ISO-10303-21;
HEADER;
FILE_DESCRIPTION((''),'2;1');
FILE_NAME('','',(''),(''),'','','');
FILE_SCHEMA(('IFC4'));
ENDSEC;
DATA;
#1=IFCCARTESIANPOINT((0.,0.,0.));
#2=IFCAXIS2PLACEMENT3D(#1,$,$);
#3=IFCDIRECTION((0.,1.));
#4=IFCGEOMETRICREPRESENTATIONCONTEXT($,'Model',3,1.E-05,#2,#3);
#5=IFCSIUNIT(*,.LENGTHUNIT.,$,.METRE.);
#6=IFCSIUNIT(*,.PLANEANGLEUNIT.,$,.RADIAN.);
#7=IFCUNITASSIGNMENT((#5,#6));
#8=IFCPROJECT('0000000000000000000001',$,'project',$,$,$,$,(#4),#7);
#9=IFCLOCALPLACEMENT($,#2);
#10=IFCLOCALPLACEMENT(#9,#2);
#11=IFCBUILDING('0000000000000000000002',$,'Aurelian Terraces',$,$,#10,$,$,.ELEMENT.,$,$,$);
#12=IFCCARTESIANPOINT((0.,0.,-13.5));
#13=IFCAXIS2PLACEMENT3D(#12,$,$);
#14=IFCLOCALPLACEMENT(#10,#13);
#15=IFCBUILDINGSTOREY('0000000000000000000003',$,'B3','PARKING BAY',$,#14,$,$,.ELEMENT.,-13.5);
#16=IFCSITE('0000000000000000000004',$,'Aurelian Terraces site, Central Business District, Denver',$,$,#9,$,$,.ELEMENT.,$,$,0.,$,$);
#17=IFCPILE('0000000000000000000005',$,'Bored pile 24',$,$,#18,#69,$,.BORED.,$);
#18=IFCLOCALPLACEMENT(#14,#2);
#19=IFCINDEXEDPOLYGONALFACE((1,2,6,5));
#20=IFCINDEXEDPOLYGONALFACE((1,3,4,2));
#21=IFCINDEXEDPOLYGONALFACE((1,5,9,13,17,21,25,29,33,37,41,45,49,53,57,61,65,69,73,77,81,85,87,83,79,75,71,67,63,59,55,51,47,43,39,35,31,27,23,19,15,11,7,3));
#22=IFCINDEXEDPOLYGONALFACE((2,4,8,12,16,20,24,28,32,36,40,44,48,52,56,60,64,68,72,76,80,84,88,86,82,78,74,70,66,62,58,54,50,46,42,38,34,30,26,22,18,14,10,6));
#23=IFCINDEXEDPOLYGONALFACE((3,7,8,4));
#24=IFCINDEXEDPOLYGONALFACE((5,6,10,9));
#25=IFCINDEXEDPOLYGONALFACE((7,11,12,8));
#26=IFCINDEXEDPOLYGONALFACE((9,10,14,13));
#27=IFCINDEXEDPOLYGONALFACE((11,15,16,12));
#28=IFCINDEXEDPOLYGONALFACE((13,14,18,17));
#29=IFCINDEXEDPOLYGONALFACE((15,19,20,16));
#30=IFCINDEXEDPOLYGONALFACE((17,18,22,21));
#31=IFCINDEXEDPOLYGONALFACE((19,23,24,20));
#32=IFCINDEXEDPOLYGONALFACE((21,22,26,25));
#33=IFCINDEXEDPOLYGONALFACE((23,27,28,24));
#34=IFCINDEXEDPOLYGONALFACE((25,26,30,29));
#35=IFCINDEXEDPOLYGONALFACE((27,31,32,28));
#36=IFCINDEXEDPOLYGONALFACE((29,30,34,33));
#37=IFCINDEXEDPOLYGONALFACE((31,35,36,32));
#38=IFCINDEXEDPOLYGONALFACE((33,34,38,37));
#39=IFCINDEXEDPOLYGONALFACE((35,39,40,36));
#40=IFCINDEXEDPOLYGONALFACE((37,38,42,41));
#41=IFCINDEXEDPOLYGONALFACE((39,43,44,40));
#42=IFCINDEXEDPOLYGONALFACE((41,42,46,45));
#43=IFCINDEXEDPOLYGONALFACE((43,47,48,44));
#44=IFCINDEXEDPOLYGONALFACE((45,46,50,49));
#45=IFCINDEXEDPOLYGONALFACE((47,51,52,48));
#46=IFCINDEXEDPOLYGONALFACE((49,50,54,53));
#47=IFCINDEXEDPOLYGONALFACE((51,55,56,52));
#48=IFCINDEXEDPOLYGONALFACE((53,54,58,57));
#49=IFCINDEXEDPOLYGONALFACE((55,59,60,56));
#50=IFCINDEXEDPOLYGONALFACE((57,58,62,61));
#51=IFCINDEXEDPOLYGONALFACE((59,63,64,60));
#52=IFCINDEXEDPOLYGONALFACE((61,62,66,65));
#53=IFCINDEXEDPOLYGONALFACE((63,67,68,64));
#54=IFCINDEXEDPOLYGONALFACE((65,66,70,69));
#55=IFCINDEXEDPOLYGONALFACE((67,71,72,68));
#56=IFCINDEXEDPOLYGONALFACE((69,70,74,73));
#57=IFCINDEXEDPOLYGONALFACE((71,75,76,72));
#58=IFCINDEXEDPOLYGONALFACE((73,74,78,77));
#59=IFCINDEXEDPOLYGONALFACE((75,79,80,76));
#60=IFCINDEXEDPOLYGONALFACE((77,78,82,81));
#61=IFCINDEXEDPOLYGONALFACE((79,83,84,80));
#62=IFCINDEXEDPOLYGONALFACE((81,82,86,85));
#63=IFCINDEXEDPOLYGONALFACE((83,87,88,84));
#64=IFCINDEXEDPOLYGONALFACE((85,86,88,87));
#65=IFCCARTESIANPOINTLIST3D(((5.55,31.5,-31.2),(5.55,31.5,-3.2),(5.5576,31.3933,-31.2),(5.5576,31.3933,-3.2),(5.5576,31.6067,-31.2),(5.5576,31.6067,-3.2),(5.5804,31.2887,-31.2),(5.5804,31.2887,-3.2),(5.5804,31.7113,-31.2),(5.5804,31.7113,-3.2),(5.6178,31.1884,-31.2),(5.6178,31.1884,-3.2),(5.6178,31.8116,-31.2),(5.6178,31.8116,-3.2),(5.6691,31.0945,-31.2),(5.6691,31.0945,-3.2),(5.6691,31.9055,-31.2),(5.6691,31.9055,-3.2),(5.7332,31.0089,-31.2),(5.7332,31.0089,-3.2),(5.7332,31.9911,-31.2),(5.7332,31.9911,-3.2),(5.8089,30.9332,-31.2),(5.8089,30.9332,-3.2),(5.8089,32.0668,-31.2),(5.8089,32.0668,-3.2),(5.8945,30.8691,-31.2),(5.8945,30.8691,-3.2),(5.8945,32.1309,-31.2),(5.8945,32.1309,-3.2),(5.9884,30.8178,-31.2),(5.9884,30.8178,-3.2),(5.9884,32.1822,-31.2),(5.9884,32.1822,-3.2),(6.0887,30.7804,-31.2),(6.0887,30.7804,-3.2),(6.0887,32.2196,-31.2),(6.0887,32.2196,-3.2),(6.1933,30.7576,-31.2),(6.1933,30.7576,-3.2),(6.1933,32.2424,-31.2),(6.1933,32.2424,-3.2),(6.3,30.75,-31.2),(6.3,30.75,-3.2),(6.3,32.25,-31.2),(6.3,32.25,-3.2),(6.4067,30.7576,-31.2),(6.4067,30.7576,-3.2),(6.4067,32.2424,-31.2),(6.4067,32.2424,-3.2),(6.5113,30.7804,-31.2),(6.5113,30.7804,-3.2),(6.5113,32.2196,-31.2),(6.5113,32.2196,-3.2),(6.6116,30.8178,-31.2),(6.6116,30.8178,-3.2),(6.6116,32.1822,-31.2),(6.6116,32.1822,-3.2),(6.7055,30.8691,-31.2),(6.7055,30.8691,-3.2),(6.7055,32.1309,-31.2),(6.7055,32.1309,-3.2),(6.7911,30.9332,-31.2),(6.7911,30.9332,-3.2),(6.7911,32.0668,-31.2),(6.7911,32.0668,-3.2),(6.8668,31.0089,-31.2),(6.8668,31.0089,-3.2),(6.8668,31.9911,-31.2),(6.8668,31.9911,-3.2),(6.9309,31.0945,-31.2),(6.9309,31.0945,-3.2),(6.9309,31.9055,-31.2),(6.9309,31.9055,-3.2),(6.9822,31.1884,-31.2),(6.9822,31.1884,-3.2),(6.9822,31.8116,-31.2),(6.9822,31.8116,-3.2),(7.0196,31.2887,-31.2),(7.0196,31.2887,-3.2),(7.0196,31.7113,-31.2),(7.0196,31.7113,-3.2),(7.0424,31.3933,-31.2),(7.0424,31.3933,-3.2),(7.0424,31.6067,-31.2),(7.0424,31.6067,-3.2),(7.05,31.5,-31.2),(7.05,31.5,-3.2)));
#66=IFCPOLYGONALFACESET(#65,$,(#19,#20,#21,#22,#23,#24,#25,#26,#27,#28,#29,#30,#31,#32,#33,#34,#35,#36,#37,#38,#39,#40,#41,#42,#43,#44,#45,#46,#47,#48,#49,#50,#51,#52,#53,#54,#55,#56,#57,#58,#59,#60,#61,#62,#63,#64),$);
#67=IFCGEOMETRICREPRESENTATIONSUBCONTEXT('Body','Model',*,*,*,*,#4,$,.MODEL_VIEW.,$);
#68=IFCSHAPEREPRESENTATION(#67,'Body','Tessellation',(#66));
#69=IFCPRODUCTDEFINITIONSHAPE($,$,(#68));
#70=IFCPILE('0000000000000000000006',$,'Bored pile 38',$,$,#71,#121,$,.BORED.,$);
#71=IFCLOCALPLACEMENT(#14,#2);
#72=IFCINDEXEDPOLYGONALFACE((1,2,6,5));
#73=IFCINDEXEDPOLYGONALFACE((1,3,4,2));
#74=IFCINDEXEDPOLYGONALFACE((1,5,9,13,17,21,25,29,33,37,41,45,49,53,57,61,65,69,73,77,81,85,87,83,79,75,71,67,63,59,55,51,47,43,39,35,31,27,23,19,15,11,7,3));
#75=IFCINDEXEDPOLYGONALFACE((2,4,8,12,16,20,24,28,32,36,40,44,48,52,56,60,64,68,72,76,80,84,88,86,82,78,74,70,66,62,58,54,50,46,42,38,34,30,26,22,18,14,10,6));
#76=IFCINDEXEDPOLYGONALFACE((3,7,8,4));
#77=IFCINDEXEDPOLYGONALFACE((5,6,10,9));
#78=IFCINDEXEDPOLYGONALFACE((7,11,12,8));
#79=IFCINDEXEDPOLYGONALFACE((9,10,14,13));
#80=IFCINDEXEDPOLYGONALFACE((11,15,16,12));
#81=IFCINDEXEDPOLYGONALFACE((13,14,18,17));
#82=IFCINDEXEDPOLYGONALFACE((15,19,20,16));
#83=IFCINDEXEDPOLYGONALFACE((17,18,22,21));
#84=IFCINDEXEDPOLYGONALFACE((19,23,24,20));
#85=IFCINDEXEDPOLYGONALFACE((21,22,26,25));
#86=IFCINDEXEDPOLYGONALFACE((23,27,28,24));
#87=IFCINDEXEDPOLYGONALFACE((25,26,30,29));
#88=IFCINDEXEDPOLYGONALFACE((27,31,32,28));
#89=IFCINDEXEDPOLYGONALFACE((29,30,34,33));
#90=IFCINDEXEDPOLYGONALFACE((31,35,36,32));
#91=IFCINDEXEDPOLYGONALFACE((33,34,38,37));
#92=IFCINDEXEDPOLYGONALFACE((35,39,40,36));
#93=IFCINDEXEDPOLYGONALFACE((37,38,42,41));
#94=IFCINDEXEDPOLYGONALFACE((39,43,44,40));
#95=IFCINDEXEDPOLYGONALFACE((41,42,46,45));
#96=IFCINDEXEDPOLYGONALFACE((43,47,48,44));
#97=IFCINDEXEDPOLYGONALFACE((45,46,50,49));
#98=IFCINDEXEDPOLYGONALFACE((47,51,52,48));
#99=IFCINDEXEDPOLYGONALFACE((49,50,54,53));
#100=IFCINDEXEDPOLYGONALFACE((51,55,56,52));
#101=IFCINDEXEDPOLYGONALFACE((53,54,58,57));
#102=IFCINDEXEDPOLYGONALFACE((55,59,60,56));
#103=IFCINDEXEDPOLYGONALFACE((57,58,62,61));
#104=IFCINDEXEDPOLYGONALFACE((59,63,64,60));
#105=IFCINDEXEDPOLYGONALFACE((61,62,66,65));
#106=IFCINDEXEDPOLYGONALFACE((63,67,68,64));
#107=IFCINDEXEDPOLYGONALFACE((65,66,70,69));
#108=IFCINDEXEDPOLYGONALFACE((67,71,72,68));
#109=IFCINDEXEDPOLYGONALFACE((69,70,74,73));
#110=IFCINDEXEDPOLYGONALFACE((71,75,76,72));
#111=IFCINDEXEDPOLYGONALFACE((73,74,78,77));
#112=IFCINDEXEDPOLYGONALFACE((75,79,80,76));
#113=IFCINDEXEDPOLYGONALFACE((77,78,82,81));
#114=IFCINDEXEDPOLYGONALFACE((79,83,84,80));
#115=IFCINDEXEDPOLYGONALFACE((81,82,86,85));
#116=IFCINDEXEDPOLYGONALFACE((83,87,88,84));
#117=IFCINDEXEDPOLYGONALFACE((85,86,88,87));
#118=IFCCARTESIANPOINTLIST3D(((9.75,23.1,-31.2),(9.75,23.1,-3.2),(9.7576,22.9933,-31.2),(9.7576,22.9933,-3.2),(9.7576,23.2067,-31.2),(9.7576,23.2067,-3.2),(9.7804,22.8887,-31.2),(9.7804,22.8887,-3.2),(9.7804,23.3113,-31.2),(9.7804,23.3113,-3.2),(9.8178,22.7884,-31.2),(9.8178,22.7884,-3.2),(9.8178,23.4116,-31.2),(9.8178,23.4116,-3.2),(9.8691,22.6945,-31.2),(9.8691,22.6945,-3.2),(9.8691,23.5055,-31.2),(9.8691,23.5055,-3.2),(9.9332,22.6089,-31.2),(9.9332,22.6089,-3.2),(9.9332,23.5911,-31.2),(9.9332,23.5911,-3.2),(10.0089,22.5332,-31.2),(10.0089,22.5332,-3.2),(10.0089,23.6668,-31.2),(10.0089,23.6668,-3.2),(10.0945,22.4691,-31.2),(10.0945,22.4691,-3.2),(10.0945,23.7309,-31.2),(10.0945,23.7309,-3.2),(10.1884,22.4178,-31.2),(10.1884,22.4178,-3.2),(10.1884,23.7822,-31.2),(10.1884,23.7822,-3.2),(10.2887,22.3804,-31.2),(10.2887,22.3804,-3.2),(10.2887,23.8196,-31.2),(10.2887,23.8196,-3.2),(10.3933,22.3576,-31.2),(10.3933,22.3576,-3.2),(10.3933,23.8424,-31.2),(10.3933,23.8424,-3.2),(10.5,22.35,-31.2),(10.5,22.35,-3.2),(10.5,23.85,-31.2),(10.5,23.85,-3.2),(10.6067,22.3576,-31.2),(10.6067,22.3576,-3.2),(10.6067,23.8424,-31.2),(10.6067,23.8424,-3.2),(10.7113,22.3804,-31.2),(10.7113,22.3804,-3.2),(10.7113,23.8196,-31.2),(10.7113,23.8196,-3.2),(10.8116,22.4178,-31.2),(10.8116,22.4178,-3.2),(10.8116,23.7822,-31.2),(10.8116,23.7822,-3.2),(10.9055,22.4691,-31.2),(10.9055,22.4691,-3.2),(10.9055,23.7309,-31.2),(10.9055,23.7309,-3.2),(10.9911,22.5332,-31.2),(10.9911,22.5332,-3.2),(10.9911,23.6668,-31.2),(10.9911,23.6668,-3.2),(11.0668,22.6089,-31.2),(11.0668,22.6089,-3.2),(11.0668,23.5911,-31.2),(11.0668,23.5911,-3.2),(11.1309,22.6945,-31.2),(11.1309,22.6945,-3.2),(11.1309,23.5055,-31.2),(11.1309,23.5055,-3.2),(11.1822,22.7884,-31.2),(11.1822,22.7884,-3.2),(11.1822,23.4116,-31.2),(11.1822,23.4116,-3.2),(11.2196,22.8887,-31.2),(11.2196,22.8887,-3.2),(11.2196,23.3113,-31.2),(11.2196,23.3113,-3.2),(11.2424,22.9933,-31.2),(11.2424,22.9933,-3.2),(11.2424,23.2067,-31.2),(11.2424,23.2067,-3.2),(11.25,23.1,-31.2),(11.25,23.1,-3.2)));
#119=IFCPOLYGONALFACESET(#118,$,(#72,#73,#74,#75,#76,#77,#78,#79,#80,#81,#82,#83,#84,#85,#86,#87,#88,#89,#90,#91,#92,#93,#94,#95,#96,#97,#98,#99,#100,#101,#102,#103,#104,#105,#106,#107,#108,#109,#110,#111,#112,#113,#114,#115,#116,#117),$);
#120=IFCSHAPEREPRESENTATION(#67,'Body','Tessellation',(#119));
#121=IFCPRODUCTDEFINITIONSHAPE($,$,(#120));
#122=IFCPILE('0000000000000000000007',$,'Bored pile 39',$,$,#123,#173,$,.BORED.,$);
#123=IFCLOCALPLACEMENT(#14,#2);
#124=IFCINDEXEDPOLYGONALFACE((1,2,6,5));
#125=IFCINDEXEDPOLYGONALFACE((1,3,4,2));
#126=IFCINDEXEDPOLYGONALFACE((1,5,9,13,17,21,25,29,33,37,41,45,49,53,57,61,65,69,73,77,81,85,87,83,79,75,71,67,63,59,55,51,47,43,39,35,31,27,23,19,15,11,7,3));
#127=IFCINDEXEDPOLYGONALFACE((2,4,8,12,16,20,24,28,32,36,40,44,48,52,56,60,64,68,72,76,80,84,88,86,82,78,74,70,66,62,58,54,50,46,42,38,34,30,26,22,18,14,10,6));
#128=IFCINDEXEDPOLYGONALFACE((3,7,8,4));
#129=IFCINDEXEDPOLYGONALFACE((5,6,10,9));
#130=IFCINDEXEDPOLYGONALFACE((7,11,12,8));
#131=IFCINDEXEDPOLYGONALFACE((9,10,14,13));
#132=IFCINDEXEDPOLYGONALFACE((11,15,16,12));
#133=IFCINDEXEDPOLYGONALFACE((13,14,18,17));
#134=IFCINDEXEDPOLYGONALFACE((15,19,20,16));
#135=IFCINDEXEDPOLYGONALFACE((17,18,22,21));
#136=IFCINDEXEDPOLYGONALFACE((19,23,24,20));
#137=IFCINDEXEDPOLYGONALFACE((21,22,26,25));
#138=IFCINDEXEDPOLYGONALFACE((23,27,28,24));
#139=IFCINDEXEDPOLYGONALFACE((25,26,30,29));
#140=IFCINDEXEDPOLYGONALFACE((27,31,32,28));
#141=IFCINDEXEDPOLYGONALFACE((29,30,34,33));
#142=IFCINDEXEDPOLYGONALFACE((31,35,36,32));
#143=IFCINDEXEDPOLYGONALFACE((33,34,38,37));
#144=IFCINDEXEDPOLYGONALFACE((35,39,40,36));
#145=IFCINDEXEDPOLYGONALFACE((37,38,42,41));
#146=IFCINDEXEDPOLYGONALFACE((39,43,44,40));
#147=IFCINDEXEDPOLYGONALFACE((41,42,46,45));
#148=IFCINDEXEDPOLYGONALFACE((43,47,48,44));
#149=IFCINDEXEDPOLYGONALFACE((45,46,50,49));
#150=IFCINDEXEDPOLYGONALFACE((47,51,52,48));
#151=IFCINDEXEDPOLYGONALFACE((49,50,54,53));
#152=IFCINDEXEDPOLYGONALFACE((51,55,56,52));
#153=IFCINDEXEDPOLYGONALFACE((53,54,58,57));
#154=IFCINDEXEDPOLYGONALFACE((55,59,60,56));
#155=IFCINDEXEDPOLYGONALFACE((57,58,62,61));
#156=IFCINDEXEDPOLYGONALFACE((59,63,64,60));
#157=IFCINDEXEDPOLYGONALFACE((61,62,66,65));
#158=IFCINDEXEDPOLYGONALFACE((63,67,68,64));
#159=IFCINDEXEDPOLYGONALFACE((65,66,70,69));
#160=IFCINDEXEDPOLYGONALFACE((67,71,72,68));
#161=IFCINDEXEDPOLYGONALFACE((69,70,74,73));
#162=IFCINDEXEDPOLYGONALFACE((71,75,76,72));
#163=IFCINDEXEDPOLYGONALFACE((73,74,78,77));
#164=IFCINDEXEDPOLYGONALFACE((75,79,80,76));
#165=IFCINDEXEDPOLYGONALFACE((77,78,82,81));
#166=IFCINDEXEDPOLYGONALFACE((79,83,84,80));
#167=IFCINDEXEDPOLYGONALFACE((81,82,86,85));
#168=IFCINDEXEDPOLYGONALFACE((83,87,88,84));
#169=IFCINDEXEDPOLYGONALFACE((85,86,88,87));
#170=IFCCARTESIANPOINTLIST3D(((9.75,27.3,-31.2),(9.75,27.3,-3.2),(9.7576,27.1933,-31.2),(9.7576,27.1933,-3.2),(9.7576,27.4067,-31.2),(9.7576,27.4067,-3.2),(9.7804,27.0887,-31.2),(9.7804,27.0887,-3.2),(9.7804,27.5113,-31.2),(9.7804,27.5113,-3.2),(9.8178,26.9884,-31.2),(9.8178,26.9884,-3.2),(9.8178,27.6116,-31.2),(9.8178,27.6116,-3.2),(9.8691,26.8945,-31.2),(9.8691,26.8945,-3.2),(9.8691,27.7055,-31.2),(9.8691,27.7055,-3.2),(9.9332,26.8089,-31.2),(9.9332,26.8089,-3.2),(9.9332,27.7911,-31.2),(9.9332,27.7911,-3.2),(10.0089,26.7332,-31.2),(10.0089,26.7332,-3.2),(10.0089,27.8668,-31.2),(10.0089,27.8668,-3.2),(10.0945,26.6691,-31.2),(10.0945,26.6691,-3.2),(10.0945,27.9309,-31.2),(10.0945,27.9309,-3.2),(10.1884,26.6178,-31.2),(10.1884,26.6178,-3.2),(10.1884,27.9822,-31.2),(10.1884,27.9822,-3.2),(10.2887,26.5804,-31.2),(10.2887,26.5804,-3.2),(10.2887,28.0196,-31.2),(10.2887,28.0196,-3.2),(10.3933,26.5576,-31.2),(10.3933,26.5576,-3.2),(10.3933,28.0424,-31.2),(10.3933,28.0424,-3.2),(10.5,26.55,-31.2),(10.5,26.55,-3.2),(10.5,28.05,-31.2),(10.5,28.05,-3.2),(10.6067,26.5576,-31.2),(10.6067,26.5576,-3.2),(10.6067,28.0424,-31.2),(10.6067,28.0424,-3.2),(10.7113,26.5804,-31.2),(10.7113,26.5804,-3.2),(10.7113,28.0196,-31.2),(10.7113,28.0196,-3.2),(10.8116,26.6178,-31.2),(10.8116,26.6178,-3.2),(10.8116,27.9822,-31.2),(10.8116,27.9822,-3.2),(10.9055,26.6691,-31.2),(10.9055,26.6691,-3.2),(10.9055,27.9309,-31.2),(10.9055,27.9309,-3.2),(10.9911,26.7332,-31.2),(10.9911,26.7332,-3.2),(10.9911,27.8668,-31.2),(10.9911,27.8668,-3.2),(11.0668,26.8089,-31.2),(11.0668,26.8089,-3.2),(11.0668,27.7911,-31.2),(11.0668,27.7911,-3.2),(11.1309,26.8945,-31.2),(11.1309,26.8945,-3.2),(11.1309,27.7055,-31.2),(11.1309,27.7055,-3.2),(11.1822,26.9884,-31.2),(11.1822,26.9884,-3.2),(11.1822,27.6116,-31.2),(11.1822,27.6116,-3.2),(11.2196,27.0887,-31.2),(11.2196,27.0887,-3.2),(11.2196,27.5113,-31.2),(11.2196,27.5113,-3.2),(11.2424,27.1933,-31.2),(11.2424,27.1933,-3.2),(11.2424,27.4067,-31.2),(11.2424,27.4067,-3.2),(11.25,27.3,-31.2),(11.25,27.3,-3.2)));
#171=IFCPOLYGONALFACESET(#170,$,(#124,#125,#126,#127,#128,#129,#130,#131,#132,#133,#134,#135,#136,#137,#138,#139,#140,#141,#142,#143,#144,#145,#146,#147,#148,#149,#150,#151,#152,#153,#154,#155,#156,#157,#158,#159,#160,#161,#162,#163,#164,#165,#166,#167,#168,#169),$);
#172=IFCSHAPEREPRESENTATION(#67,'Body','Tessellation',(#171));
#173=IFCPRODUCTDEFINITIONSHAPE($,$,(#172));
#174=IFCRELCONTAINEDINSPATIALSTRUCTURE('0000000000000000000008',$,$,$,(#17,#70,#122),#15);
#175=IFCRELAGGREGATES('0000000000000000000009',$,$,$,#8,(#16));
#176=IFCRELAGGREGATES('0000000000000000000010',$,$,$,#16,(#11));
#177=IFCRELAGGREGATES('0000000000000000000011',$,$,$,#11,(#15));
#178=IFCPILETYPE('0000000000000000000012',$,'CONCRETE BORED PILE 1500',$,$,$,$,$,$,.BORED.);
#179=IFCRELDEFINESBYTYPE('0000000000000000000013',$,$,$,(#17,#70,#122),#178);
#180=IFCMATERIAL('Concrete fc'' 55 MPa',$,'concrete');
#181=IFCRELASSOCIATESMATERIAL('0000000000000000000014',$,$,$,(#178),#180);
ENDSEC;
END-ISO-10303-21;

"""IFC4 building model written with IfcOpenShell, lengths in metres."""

from ifc_helpers import new_model, si_unit, direction, frame, origin, origin_2d, place, context, subcontext, project, spatial, circle, extrude, source, transform, mapped, material, material_profile, profile_set, type_object, element, save


model = new_model("IFC4")

# Units and contexts
model_context = context("Model", 3, precision=1e-05, world=origin(), true_north=direction((0.0, 1.0)))
body_context = subcontext(model_context, "Body", "Model", "MODEL_VIEW")
ifc_project = project(units=[si_unit("LENGTHUNIT", "METRE"), si_unit("PLANEANGLEUNIT", "RADIAN")], contexts=[model_context])

# Site, building, storey
site_placement = place(None, origin())
site = spatial("IfcSite", under=ifc_project, at=site_placement, Name="Aurelian Terraces site, Central Business District, Denver", CompositionType="ELEMENT", RefElevation=0.0)
building_placement = place(site_placement, origin())
building = spatial("IfcBuilding", under=site, at=building_placement, Name="Aurelian Terraces", CompositionType="ELEMENT")
storey_placement = place(building_placement, frame((0.0, 0.0, -13.5)))
storey = spatial("IfcBuildingStorey", under=building, at=storey_placement, Name="B3", Description="PARKING BAY", CompositionType="ELEMENT", Elevation=-13.5)

# Piles
ifc_material_1 = material(Name="Concrete fc' 55 MPa", Category="concrete")
ifc_material_profile_1 = material_profile(ifc_material_1, circle(Radius=0.75, at=origin_2d()))
ifc_profile_set_1 = profile_set([ifc_material_profile_1], Name="Concrete fc' 55 MPa")
pile_type = type_object("IfcPileType", Name="CONCRETE BORED PILE 1500", PredefinedType="BORED", material=ifc_profile_set_1)
shared_shape_1 = source(origin(), body_context, "Body", "SweptSolid", [
    extrude(circle(Radius=0.75, at=origin_2d()), origin(), (0.0, 0.0, 1.0), 28.0),
])
for number, where, z_axis, x_axis, name in (
    (1, (6.3, 31.5, -3.2), (0.0, 0.0, -1.0), (1.0, 0.0, 0.0), "Bored pile 24"),
    (2, (10.5, 23.1, -3.2), (0.0, 0.0, -1.0), (1.0, 0.0, 0.0), "Bored pile 38"),
    (3, (10.5, 27.3, -3.2), (0.0, 0.0, -1.0), (1.0, 0.0, 0.0), "Bored pile 39"),
):
    element("IfcPile", number, at=place(storey_placement, frame(where, z_axis=z_axis, x_axis=x_axis)), inside=storey, type_object=pile_type, Name=name, PredefinedType="BORED", context=body_context, shape_type="MappedRepresentation", body=[
        mapped(shared_shape_1, transform((0.0, 0.0, 0.0), scale=1.0)),
    ])

save(model, "model.ifc")
